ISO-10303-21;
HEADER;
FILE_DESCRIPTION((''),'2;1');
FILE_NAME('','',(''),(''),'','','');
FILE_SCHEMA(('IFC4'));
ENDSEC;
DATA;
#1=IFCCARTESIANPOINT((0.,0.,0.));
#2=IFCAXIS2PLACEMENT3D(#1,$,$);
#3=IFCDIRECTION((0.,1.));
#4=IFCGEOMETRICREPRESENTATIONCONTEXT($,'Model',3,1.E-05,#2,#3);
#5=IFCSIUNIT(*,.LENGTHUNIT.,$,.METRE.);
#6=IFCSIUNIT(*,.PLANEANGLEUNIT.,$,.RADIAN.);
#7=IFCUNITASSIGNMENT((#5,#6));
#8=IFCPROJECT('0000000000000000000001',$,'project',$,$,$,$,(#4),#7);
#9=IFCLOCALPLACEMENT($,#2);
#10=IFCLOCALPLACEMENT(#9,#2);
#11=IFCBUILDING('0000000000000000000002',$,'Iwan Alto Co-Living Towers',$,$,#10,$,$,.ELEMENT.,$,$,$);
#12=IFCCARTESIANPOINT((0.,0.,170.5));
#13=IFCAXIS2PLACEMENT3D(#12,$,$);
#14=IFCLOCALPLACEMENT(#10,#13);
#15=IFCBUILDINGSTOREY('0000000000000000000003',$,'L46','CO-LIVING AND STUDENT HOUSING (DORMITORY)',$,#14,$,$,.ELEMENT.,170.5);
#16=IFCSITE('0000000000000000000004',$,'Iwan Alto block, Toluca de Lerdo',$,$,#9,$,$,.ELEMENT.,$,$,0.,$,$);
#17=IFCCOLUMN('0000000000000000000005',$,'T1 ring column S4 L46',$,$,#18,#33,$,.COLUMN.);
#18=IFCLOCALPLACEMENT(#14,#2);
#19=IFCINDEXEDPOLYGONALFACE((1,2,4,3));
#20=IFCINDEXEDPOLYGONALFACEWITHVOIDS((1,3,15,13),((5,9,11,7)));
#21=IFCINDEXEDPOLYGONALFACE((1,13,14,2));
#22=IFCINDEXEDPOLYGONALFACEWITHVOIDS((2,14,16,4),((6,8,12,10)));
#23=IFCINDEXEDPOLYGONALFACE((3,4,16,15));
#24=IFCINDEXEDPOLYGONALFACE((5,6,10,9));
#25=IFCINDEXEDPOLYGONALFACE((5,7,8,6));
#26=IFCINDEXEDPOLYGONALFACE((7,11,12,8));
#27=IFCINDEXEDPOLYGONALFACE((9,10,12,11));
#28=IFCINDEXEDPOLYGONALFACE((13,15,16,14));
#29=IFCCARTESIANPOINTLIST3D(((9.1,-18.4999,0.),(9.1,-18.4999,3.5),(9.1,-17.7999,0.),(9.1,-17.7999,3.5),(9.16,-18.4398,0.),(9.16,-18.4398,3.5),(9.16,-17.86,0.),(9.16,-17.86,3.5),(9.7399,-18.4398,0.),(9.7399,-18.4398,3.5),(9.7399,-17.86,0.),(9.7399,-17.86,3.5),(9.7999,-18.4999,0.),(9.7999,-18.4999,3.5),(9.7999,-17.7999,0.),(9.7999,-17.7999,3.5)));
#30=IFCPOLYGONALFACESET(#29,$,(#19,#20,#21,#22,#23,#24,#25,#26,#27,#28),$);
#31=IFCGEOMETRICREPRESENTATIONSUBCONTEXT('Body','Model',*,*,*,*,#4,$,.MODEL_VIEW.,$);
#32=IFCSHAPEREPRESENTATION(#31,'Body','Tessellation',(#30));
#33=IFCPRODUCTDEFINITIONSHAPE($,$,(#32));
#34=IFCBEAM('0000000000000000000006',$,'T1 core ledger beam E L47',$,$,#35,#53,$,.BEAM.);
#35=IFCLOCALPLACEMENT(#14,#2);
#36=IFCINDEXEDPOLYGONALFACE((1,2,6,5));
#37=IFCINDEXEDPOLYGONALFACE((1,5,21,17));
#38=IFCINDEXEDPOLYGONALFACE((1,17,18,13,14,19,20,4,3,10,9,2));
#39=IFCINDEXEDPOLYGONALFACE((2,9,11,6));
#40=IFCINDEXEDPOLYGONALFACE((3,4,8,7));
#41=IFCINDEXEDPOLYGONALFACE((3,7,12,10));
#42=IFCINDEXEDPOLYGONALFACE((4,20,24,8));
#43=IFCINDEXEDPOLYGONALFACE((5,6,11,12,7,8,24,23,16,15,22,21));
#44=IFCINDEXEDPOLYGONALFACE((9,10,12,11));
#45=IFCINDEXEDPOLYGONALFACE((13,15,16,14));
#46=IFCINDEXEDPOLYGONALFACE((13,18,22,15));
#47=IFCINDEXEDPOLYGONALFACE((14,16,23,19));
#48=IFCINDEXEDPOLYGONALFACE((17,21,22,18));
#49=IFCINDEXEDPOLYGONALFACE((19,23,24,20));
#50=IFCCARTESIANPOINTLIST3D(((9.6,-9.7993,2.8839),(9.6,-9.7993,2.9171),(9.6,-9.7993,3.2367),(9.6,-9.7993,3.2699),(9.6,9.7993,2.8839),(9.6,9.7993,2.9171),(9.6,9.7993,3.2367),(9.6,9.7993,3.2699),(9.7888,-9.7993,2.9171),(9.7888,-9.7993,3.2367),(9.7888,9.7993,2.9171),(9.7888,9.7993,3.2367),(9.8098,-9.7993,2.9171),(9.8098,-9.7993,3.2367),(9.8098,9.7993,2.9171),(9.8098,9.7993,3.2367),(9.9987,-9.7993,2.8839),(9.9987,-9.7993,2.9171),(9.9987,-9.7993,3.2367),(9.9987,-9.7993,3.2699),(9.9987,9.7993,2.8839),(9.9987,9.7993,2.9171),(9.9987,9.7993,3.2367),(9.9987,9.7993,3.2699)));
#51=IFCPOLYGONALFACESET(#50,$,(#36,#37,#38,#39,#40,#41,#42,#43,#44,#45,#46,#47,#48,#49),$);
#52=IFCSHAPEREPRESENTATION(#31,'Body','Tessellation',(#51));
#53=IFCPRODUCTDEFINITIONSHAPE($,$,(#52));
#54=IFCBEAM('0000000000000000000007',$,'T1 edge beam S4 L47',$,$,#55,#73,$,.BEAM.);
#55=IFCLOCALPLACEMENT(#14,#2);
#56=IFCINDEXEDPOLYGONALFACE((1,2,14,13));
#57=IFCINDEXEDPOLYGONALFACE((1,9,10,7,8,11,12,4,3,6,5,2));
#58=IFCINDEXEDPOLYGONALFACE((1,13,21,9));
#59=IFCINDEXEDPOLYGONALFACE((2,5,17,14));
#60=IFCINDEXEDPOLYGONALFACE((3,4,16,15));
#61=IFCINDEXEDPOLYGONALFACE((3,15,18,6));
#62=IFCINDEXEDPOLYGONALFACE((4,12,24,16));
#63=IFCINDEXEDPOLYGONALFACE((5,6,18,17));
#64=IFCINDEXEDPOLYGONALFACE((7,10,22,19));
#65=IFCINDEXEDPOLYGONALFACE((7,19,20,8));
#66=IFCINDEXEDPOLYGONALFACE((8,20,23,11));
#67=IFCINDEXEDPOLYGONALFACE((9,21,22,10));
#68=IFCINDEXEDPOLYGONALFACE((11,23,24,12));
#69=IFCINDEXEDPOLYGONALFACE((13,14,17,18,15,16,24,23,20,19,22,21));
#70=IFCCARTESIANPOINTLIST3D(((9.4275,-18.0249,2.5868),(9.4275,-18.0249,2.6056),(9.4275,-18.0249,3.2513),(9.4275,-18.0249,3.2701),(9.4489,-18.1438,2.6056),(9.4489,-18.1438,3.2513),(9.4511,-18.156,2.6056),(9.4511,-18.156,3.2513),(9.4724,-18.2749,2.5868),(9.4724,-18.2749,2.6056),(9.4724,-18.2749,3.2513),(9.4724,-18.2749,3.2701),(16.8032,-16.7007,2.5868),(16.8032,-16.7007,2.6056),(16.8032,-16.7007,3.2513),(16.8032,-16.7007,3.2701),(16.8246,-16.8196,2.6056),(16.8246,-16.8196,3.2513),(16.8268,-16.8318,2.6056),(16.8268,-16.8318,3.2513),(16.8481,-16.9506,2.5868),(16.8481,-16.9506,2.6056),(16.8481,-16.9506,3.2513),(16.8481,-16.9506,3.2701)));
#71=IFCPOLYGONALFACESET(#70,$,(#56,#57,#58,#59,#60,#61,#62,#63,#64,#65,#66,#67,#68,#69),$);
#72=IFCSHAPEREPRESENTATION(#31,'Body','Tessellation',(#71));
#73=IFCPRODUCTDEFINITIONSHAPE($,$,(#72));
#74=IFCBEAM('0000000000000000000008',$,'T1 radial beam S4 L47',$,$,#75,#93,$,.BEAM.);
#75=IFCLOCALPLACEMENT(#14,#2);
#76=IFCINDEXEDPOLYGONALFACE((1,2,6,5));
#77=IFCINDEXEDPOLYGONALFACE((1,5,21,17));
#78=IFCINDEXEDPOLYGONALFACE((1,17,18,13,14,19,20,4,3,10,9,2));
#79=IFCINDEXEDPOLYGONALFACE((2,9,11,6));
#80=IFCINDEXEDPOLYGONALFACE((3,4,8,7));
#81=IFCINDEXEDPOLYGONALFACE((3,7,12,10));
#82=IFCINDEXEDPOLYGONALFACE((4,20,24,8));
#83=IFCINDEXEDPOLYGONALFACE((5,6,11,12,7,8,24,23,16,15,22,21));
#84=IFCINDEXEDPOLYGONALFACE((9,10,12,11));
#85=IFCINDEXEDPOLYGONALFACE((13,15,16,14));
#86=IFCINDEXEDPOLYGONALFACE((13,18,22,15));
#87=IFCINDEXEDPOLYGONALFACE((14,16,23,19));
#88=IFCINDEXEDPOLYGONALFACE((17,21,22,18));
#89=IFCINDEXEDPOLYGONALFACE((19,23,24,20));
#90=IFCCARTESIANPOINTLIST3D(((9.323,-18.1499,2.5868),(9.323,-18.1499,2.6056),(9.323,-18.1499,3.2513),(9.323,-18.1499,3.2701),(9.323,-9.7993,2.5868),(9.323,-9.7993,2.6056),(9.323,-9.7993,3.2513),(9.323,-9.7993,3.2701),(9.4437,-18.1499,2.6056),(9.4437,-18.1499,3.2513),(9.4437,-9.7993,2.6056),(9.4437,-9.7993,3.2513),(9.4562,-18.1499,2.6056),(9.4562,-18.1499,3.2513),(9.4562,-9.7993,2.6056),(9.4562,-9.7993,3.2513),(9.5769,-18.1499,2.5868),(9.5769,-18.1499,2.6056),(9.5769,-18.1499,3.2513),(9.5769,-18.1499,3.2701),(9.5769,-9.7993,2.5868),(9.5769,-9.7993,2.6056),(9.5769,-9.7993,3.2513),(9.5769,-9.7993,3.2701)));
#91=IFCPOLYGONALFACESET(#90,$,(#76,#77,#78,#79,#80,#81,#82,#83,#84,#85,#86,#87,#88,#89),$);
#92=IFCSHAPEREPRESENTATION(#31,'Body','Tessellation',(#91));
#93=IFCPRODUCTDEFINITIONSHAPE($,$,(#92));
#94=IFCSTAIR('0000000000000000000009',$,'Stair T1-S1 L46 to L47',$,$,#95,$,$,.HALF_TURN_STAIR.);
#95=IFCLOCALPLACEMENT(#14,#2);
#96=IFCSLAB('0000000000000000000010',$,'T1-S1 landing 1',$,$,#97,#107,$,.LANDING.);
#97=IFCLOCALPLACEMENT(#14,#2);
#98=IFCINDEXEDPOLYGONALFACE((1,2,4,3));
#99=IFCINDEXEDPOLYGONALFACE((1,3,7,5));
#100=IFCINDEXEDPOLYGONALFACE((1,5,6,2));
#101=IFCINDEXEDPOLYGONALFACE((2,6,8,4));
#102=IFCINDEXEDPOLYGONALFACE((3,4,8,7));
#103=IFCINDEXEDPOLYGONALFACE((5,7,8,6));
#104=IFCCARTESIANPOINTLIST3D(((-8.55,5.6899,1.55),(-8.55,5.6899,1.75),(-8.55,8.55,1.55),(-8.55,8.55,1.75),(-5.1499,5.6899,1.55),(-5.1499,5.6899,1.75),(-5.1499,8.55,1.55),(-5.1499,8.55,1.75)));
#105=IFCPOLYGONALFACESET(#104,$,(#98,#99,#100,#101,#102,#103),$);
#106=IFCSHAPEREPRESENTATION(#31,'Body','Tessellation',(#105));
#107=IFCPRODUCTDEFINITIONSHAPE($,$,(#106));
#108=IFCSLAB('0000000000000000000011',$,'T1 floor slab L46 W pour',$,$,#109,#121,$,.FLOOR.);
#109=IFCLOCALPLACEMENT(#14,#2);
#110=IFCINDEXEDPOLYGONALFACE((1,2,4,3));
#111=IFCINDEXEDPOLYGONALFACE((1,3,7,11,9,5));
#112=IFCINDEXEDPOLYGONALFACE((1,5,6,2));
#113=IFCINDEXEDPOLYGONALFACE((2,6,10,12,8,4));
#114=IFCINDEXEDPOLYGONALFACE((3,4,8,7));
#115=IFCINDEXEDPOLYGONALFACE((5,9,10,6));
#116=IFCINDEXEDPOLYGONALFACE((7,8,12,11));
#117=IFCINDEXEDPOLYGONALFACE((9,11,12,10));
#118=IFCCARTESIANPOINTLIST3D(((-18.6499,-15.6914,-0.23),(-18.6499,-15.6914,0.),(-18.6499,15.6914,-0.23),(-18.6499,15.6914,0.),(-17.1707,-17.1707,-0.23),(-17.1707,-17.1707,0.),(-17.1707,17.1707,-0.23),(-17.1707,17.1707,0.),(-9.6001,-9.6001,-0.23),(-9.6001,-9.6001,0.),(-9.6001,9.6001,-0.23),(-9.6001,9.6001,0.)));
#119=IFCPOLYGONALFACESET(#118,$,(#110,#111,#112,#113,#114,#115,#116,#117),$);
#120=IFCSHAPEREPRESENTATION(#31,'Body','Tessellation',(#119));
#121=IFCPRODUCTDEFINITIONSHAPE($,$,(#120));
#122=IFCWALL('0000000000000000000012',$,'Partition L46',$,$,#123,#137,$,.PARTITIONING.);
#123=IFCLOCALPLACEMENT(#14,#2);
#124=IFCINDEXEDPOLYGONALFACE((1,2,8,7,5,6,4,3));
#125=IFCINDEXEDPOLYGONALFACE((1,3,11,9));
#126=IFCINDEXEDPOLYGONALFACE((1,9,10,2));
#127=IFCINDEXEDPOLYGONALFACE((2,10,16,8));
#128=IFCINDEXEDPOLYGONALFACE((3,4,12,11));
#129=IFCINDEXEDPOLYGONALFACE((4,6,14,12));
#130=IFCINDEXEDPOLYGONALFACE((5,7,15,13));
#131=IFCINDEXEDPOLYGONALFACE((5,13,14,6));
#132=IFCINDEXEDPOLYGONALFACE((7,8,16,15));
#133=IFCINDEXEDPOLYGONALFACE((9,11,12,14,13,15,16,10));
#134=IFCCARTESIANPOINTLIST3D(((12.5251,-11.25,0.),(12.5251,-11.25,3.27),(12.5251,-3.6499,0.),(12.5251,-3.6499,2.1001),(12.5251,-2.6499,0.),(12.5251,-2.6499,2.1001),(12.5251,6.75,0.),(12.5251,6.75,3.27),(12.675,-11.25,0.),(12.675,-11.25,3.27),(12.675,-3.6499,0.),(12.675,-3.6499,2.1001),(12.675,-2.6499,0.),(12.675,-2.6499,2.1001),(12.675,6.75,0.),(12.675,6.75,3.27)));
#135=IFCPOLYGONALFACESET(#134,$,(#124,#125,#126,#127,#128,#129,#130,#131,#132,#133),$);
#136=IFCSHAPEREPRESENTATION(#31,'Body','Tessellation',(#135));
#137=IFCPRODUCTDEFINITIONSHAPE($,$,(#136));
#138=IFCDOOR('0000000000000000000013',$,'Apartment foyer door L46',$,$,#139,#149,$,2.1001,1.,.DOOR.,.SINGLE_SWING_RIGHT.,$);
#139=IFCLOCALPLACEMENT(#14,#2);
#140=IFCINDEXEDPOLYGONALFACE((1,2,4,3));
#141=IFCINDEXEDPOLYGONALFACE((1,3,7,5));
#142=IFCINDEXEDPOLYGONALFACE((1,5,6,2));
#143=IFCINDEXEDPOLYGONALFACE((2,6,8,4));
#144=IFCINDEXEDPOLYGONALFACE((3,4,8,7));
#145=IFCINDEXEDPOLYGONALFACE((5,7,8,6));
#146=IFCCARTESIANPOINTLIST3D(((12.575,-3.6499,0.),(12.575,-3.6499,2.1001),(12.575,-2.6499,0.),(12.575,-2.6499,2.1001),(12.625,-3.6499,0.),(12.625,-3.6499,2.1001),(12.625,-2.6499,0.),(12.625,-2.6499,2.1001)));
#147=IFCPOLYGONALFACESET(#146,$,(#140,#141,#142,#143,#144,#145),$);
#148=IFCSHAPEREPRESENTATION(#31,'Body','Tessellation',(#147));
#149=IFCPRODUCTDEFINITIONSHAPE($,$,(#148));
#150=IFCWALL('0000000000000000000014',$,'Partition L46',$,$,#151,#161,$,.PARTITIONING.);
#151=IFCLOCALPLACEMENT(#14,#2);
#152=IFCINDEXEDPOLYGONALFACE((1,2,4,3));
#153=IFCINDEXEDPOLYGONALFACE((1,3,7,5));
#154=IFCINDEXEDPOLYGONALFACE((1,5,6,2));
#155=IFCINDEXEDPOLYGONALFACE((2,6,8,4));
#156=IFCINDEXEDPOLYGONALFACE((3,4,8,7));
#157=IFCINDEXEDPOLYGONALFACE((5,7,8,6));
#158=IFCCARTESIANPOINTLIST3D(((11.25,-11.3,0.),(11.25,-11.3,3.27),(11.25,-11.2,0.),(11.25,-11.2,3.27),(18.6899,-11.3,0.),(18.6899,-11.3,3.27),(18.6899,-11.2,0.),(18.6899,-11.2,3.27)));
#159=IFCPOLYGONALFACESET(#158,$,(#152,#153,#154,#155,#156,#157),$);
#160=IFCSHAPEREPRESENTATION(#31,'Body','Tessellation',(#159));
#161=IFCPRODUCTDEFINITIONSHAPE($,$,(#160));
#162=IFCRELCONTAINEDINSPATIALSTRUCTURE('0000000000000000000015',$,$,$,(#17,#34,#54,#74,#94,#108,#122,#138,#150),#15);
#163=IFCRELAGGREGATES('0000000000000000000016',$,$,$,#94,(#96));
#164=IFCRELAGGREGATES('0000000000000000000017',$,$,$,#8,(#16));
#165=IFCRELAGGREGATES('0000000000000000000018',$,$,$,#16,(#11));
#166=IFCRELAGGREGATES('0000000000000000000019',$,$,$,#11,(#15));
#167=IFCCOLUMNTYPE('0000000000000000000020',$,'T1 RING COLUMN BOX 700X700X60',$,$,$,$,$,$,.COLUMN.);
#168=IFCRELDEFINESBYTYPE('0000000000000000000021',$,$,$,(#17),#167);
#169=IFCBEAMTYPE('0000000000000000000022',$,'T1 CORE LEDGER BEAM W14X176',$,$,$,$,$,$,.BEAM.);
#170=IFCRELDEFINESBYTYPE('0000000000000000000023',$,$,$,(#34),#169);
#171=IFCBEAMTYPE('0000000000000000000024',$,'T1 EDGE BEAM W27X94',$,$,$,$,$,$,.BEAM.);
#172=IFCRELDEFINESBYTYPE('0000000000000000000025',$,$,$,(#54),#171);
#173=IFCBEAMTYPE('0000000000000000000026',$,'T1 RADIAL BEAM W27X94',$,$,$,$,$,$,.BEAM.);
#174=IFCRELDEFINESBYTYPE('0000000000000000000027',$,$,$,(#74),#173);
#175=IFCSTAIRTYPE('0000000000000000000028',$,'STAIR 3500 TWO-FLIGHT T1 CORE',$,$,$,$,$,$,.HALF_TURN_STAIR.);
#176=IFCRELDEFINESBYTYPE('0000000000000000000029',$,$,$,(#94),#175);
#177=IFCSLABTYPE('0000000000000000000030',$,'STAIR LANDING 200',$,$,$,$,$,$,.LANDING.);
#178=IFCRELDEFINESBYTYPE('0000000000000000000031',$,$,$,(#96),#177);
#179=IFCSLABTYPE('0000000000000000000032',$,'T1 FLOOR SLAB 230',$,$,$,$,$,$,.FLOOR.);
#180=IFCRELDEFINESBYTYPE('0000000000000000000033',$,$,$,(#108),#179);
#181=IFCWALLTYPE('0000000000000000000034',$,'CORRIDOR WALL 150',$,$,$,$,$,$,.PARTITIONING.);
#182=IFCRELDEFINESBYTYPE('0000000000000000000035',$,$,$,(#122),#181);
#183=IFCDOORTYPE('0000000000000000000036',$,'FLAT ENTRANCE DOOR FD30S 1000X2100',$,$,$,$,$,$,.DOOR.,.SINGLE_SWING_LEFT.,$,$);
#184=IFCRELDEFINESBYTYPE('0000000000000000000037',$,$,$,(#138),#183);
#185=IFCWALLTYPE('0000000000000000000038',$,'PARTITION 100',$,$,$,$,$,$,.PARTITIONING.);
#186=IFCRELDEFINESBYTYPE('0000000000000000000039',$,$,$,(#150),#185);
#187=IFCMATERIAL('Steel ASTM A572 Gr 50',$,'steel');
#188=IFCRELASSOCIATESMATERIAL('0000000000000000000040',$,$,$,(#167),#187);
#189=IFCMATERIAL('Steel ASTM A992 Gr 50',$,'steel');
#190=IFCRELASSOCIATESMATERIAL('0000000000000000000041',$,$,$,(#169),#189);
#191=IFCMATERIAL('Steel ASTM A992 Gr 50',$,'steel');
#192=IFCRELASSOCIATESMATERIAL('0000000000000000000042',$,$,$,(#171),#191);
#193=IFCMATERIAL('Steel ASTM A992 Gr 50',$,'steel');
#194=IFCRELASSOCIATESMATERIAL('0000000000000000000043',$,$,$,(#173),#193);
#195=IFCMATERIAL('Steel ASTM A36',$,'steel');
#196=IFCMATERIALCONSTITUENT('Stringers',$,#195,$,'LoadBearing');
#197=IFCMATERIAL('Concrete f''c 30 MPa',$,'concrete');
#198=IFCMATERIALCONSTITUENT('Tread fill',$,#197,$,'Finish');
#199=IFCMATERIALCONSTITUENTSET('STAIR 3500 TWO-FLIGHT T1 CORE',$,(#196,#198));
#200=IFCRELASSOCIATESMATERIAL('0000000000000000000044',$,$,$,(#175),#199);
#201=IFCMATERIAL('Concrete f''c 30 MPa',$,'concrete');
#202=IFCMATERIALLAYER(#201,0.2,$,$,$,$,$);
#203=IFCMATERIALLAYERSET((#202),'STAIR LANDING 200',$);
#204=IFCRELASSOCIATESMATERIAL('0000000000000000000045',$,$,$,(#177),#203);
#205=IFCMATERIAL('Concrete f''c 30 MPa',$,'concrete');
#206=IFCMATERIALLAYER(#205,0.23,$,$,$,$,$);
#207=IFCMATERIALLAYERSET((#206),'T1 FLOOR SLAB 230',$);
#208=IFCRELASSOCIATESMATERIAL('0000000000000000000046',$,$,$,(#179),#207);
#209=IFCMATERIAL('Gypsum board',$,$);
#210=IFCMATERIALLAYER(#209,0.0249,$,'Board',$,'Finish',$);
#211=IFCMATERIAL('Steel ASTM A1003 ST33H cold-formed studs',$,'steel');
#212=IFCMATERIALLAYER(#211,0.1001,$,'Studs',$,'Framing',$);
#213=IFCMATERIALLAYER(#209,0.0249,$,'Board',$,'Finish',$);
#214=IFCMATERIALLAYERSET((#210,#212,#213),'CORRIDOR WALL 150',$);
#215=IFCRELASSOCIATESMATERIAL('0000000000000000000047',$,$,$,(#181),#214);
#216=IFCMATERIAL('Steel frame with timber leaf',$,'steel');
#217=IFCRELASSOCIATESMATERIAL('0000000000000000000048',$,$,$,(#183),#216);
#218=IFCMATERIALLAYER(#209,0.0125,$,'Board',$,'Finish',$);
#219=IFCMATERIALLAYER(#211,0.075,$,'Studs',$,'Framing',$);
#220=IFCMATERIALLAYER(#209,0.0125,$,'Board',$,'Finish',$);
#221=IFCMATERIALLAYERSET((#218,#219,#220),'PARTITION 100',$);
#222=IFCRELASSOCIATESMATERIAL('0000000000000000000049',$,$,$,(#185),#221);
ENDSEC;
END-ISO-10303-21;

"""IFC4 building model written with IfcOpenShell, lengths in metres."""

from ifc_helpers import new_model, si_unit, direction, frame, frame_2d, origin, origin_2d, place, context, subcontext, project, spatial, polyline, rectangle, hollow_rectangle, i_section, outline, extrude, material, layer, layer_set, constituent, constituent_set, material_profile, profile_set, type_object, element, fill, aggregate, save


model = new_model("IFC4")

# Units and contexts
model_context = context("Model", 3, precision=1e-05, world=origin(), true_north=direction((0.0, 1.0)))
body_context = subcontext(model_context, "Body", "Model", "MODEL_VIEW")
ifc_project = project(units=[si_unit("LENGTHUNIT", "METRE"), si_unit("PLANEANGLEUNIT", "RADIAN")], contexts=[model_context])

# Site, building, storey
site_placement = place(None, origin())
site = spatial("IfcSite", under=ifc_project, at=site_placement, Name="Iwan Alto block, Toluca de Lerdo", CompositionType="ELEMENT", RefElevation=0.0)
building_placement = place(site_placement, origin())
building = spatial("IfcBuilding", under=site, at=building_placement, Name="Iwan Alto Co-Living Towers", CompositionType="ELEMENT")
storey_placement = place(building_placement, frame((0.0, 0.0, 170.5)))
storey = spatial("IfcBuildingStorey", under=building, at=storey_placement, Name="L46", Description="CO-LIVING AND STUDENT HOUSING (DORMITORY)", CompositionType="ELEMENT", Elevation=170.5)

# Column
ifc_material_1 = material(Name="Steel ASTM A572 Gr 50", Category="steel")
ifc_material_profile_1 = material_profile(ifc_material_1, hollow_rectangle(XDim=0.7, YDim=0.7, WallThickness=0.0601, at=origin_2d()), Name="BOX 700X700X60")
ifc_profile_set_1 = profile_set([ifc_material_profile_1], Name="Steel ASTM A572 Gr 50")
column_type = type_object("IfcColumnType", Name="T1 RING COLUMN BOX 700X700X60", PredefinedType="COLUMN", material=ifc_profile_set_1)
column_placement = place(storey_placement, frame((9.45, -18.1499, 0.0), z_axis=(0.0, 0.0, 1.0), x_axis=(1.0, 0.0, 0.0)))
element("IfcColumn", 1, at=column_placement, inside=storey, type_object=column_type, Name="T1 ring column S4 L46", PredefinedType="COLUMN", context=body_context, shape_type="SweptSolid", body=[
    extrude(hollow_rectangle(XDim=0.7, YDim=0.7, WallThickness=0.0601, at=origin_2d()), origin(), (0.0, 0.0, 1.0), 3.5),
])

# Beams
ifc_material_2 = material(Name="Steel ASTM A992 Gr 50", Category="steel")
ifc_material_profile_2 = material_profile(ifc_material_2, i_section(OverallWidth=0.3987, OverallDepth=0.386, WebThickness=0.021, FlangeThickness=0.0332, at=origin_2d()), Name="W14X176")
ifc_profile_set_2 = profile_set([ifc_material_profile_2], Name="Steel ASTM A992 Gr 50")
beam_type_1 = type_object("IfcBeamType", Name="T1 CORE LEDGER BEAM W14X176", PredefinedType="BEAM", material=ifc_profile_set_2)
beam_1_placement = place(storey_placement, frame((9.7993, -9.7993, 3.0769), z_axis=(0.0, 1.0, 0.0), x_axis=(-1.0, 0.0, 0.0)))
element("IfcBeam", 2, at=beam_1_placement, inside=storey, type_object=beam_type_1, Name="T1 core ledger beam E L47", PredefinedType="BEAM", context=body_context, shape_type="SweptSolid", body=[
    extrude(i_section(OverallWidth=0.3987, OverallDepth=0.386, WebThickness=0.021, FlangeThickness=0.0332, at=origin_2d()), origin(), (0.0, 0.0, 1.0), 19.5986),
])
ifc_material_3 = material(Name="Steel ASTM A992 Gr 50", Category="steel")
ifc_material_profile_3 = material_profile(ifc_material_3, i_section(OverallWidth=0.2539, OverallDepth=0.6833, WebThickness=0.0125, FlangeThickness=0.0188, at=origin_2d()), Name="W27X94")
ifc_profile_set_3 = profile_set([ifc_material_profile_3], Name="Steel ASTM A992 Gr 50")
beam_type_2 = type_object("IfcBeamType", Name="T1 EDGE BEAM W27X94", PredefinedType="BEAM", material=ifc_profile_set_3)
beam_2_placement = place(storey_placement, frame((9.45, -18.1499, 2.9285), z_axis=(0.984263, 0.176712, 0.0), x_axis=(-0.176712, 0.984263, 0.0)))
element("IfcBeam", 3, at=beam_2_placement, inside=storey, type_object=beam_type_2, Name="T1 edge beam S4 L47", PredefinedType="BEAM", context=body_context, shape_type="SweptSolid", body=[
    extrude(i_section(OverallWidth=0.2539, OverallDepth=0.6833, WebThickness=0.0125, FlangeThickness=0.0188, at=origin_2d()), origin(), (0.0, 0.0, 1.0), 7.4937),
])
ifc_material_4 = material(Name="Steel ASTM A992 Gr 50", Category="steel")
ifc_material_profile_4 = material_profile(ifc_material_4, i_section(OverallWidth=0.2539, OverallDepth=0.6833, WebThickness=0.0125, FlangeThickness=0.0188, at=origin_2d()), Name="W27X94")
ifc_profile_set_4 = profile_set([ifc_material_profile_4], Name="Steel ASTM A992 Gr 50")
beam_type_3 = type_object("IfcBeamType", Name="T1 RADIAL BEAM W27X94", PredefinedType="BEAM", material=ifc_profile_set_4)
beam_3_placement = place(storey_placement, frame((9.45, -18.1499, 2.9285), z_axis=(0.0, 1.0, 0.0), x_axis=(-1.0, 0.0, 0.0)))
element("IfcBeam", 4, at=beam_3_placement, inside=storey, type_object=beam_type_3, Name="T1 radial beam S4 L47", PredefinedType="BEAM", context=body_context, shape_type="SweptSolid", body=[
    extrude(i_section(OverallWidth=0.2539, OverallDepth=0.6833, WebThickness=0.0125, FlangeThickness=0.0188, at=origin_2d()), origin(), (0.0, 0.0, 1.0), 8.3506),
])

# Stair, slab
ifc_material_5 = material(Name="Steel ASTM A36", Category="steel")
ifc_constituent_1 = constituent(ifc_material_5, Name="Stringers", Category="LoadBearing")
ifc_material_6 = material(Name="Concrete f'c 30 MPa", Category="concrete")
ifc_constituent_2 = constituent(ifc_material_6, Name="Tread fill", Category="Finish")
ifc_constituent_set_1 = constituent_set(constituents=[ifc_constituent_1, ifc_constituent_2], Name="STAIR 3500 TWO-FLIGHT T1 CORE")
stair_type = type_object("IfcStairType", Name="STAIR 3500 TWO-FLIGHT T1 CORE", PredefinedType="HALF_TURN_STAIR", material=ifc_constituent_set_1)
stair_1_placement = place(storey_placement, origin())
stair_1 = element("IfcStair", 5, at=stair_1_placement, inside=storey, type_object=stair_type, Name="Stair T1-S1 L46 to L47", PredefinedType="HALF_TURN_STAIR")
ifc_material_7 = material(Name="Concrete f'c 30 MPa", Category="concrete")
ifc_layer_1 = layer(ifc_material_7, 0.2)
ifc_layer_set_1 = layer_set([ifc_layer_1], Name="STAIR LANDING 200")
slab_type_1 = type_object("IfcSlabType", Name="STAIR LANDING 200", PredefinedType="LANDING", material=ifc_layer_set_1)
slab_1_placement = place(storey_placement, frame((0.0, 0.0, 1.55)))
slab_1 = element("IfcSlab", 6, at=slab_1_placement, type_object=slab_type_1, Name="T1-S1 landing 1", PredefinedType="LANDING", context=body_context, shape_type="SweptSolid", body=[
    extrude(outline(polyline([(-8.55, 5.6899), (-8.55, 8.55), (-5.1499, 8.55), (-5.1499, 5.6899), (-8.55, 5.6899)])), origin(), (0.0, 0.0, 1.0), 0.2),
])
aggregate(stair_1, [slab_1])

# Slab
ifc_material_8 = material(Name="Concrete f'c 30 MPa", Category="concrete")
ifc_layer_2 = layer(ifc_material_8, 0.23)
ifc_layer_set_2 = layer_set([ifc_layer_2], Name="T1 FLOOR SLAB 230")
slab_type_2 = type_object("IfcSlabType", Name="T1 FLOOR SLAB 230", PredefinedType="FLOOR", material=ifc_layer_set_2)
slab_2_placement = place(storey_placement, frame((0.0, 0.0, -0.23)))
element("IfcSlab", 7, at=slab_2_placement, inside=storey, type_object=slab_type_2, Name="T1 floor slab L46 W pour", PredefinedType="FLOOR", context=body_context, shape_type="SweptSolid", body=[
    extrude(outline(polyline([(-18.6499, 15.6914), (-17.1707, 17.1707), (-9.6001, 9.6001), (-9.6001, -9.6001), (-17.1707, -17.1707), (-18.6499, -15.6914), (-18.6499, 15.6914)])), origin(), (0.0, 0.0, 1.0), 0.23),
])

# Wall, opening, door
ifc_material_9 = material(Name="Gypsum board")
ifc_layer_3 = layer(ifc_material_9, 0.0249, Name="Board", Category="Finish")
ifc_material_10 = material(Name="Steel ASTM A1003 ST33H cold-formed studs", Category="steel")
ifc_layer_4 = layer(ifc_material_10, 0.1001, Name="Studs", Category="Framing")
ifc_layer_5 = layer(ifc_material_9, 0.0249, Name="Board", Category="Finish")
ifc_layer_set_3 = layer_set([ifc_layer_3, ifc_layer_4, ifc_layer_5], Name="CORRIDOR WALL 150")
wall_type_1 = type_object("IfcWallType", Name="CORRIDOR WALL 150", PredefinedType="PARTITIONING", material=ifc_layer_set_3)
wall_1_placement = place(storey_placement, frame((12.6001, -11.25, 0.0), z_axis=(0.0, 0.0, 1.0), x_axis=(0.0, 1.0, 0.0)))
wall_1 = element("IfcWall", 8, at=wall_1_placement, inside=storey, type_object=wall_type_1, Name="Partition L46", PredefinedType="PARTITIONING", context=body_context, shape_type="SweptSolid", body=[
    extrude(rectangle(XDim=18.0, YDim=0.1499, at=frame_2d((9.0, 0.0))), origin(), (0.0, 0.0, 1.0), 3.27),
])
opening_1_placement = place(wall_1_placement, frame((7.6001, 0.0, 0.0)))
opening_1 = element("IfcOpeningElement", 9, at=opening_1_placement, cuts=wall_1, PredefinedType="OPENING", context=body_context, shape_type="SweptSolid", body=[
    extrude(rectangle(XDim=1.0, YDim=2.1001, at=frame_2d((0.5, 1.05))), frame((0.0, 0.085, 0.0), z_axis=(0.0, -1.0, 0.0), x_axis=(1.0, 0.0, 0.0)), (0.0, 0.0, 1.0), 0.1699),
])
ifc_material_11 = material(Name="Steel frame with timber leaf", Category="steel")
door_type_1 = type_object("IfcDoorType", Name="FLAT ENTRANCE DOOR FD30S 1000X2100", OperationType="SINGLE_SWING_LEFT", PredefinedType="DOOR", material=ifc_material_11)
door_1_placement = place(opening_1_placement, frame((1.0, 0.0, 0.0), z_axis=(0.0, 0.0, 1.0), x_axis=(-1.0, 0.0, 0.0)))
door_1 = element("IfcDoor", 10, at=door_1_placement, inside=storey, type_object=door_type_1, Name="Apartment foyer door L46", OperationType="SINGLE_SWING_RIGHT", OverallHeight=2.1001, OverallWidth=1.0, PredefinedType="DOOR", context=body_context, shape_type="SweptSolid", body=[
    extrude(rectangle(XDim=1.0, YDim=2.1001, at=frame_2d((0.5, 1.05))), frame((0.0, 0.0249, 0.0), z_axis=(0.0, -1.0, 0.0), x_axis=(1.0, 0.0, 0.0)), (0.0, 0.0, 1.0), 0.05),
])
fill(opening_1, door_1)

# Wall
ifc_layer_6 = layer(ifc_material_9, 0.0125, Name="Board", Category="Finish")
ifc_layer_7 = layer(ifc_material_10, 0.075, Name="Studs", Category="Framing")
ifc_layer_8 = layer(ifc_material_9, 0.0125, Name="Board", Category="Finish")
ifc_layer_set_4 = layer_set([ifc_layer_6, ifc_layer_7, ifc_layer_8], Name="PARTITION 100")
wall_type_2 = type_object("IfcWallType", Name="PARTITION 100", PredefinedType="PARTITIONING", material=ifc_layer_set_4)
wall_2_placement = place(storey_placement, frame((11.25, -11.25, 0.0), z_axis=(0.0, 0.0, 1.0), x_axis=(1.0, 0.0, 0.0)))
element("IfcWall", 11, at=wall_2_placement, inside=storey, type_object=wall_type_2, Name="Partition L46", PredefinedType="PARTITIONING", context=body_context, shape_type="SweptSolid", body=[
    extrude(rectangle(XDim=7.4399, YDim=0.1001, at=frame_2d((3.72, 0.0))), origin(), (0.0, 0.0, 1.0), 3.27),
])

save(model, "model.ifc")
